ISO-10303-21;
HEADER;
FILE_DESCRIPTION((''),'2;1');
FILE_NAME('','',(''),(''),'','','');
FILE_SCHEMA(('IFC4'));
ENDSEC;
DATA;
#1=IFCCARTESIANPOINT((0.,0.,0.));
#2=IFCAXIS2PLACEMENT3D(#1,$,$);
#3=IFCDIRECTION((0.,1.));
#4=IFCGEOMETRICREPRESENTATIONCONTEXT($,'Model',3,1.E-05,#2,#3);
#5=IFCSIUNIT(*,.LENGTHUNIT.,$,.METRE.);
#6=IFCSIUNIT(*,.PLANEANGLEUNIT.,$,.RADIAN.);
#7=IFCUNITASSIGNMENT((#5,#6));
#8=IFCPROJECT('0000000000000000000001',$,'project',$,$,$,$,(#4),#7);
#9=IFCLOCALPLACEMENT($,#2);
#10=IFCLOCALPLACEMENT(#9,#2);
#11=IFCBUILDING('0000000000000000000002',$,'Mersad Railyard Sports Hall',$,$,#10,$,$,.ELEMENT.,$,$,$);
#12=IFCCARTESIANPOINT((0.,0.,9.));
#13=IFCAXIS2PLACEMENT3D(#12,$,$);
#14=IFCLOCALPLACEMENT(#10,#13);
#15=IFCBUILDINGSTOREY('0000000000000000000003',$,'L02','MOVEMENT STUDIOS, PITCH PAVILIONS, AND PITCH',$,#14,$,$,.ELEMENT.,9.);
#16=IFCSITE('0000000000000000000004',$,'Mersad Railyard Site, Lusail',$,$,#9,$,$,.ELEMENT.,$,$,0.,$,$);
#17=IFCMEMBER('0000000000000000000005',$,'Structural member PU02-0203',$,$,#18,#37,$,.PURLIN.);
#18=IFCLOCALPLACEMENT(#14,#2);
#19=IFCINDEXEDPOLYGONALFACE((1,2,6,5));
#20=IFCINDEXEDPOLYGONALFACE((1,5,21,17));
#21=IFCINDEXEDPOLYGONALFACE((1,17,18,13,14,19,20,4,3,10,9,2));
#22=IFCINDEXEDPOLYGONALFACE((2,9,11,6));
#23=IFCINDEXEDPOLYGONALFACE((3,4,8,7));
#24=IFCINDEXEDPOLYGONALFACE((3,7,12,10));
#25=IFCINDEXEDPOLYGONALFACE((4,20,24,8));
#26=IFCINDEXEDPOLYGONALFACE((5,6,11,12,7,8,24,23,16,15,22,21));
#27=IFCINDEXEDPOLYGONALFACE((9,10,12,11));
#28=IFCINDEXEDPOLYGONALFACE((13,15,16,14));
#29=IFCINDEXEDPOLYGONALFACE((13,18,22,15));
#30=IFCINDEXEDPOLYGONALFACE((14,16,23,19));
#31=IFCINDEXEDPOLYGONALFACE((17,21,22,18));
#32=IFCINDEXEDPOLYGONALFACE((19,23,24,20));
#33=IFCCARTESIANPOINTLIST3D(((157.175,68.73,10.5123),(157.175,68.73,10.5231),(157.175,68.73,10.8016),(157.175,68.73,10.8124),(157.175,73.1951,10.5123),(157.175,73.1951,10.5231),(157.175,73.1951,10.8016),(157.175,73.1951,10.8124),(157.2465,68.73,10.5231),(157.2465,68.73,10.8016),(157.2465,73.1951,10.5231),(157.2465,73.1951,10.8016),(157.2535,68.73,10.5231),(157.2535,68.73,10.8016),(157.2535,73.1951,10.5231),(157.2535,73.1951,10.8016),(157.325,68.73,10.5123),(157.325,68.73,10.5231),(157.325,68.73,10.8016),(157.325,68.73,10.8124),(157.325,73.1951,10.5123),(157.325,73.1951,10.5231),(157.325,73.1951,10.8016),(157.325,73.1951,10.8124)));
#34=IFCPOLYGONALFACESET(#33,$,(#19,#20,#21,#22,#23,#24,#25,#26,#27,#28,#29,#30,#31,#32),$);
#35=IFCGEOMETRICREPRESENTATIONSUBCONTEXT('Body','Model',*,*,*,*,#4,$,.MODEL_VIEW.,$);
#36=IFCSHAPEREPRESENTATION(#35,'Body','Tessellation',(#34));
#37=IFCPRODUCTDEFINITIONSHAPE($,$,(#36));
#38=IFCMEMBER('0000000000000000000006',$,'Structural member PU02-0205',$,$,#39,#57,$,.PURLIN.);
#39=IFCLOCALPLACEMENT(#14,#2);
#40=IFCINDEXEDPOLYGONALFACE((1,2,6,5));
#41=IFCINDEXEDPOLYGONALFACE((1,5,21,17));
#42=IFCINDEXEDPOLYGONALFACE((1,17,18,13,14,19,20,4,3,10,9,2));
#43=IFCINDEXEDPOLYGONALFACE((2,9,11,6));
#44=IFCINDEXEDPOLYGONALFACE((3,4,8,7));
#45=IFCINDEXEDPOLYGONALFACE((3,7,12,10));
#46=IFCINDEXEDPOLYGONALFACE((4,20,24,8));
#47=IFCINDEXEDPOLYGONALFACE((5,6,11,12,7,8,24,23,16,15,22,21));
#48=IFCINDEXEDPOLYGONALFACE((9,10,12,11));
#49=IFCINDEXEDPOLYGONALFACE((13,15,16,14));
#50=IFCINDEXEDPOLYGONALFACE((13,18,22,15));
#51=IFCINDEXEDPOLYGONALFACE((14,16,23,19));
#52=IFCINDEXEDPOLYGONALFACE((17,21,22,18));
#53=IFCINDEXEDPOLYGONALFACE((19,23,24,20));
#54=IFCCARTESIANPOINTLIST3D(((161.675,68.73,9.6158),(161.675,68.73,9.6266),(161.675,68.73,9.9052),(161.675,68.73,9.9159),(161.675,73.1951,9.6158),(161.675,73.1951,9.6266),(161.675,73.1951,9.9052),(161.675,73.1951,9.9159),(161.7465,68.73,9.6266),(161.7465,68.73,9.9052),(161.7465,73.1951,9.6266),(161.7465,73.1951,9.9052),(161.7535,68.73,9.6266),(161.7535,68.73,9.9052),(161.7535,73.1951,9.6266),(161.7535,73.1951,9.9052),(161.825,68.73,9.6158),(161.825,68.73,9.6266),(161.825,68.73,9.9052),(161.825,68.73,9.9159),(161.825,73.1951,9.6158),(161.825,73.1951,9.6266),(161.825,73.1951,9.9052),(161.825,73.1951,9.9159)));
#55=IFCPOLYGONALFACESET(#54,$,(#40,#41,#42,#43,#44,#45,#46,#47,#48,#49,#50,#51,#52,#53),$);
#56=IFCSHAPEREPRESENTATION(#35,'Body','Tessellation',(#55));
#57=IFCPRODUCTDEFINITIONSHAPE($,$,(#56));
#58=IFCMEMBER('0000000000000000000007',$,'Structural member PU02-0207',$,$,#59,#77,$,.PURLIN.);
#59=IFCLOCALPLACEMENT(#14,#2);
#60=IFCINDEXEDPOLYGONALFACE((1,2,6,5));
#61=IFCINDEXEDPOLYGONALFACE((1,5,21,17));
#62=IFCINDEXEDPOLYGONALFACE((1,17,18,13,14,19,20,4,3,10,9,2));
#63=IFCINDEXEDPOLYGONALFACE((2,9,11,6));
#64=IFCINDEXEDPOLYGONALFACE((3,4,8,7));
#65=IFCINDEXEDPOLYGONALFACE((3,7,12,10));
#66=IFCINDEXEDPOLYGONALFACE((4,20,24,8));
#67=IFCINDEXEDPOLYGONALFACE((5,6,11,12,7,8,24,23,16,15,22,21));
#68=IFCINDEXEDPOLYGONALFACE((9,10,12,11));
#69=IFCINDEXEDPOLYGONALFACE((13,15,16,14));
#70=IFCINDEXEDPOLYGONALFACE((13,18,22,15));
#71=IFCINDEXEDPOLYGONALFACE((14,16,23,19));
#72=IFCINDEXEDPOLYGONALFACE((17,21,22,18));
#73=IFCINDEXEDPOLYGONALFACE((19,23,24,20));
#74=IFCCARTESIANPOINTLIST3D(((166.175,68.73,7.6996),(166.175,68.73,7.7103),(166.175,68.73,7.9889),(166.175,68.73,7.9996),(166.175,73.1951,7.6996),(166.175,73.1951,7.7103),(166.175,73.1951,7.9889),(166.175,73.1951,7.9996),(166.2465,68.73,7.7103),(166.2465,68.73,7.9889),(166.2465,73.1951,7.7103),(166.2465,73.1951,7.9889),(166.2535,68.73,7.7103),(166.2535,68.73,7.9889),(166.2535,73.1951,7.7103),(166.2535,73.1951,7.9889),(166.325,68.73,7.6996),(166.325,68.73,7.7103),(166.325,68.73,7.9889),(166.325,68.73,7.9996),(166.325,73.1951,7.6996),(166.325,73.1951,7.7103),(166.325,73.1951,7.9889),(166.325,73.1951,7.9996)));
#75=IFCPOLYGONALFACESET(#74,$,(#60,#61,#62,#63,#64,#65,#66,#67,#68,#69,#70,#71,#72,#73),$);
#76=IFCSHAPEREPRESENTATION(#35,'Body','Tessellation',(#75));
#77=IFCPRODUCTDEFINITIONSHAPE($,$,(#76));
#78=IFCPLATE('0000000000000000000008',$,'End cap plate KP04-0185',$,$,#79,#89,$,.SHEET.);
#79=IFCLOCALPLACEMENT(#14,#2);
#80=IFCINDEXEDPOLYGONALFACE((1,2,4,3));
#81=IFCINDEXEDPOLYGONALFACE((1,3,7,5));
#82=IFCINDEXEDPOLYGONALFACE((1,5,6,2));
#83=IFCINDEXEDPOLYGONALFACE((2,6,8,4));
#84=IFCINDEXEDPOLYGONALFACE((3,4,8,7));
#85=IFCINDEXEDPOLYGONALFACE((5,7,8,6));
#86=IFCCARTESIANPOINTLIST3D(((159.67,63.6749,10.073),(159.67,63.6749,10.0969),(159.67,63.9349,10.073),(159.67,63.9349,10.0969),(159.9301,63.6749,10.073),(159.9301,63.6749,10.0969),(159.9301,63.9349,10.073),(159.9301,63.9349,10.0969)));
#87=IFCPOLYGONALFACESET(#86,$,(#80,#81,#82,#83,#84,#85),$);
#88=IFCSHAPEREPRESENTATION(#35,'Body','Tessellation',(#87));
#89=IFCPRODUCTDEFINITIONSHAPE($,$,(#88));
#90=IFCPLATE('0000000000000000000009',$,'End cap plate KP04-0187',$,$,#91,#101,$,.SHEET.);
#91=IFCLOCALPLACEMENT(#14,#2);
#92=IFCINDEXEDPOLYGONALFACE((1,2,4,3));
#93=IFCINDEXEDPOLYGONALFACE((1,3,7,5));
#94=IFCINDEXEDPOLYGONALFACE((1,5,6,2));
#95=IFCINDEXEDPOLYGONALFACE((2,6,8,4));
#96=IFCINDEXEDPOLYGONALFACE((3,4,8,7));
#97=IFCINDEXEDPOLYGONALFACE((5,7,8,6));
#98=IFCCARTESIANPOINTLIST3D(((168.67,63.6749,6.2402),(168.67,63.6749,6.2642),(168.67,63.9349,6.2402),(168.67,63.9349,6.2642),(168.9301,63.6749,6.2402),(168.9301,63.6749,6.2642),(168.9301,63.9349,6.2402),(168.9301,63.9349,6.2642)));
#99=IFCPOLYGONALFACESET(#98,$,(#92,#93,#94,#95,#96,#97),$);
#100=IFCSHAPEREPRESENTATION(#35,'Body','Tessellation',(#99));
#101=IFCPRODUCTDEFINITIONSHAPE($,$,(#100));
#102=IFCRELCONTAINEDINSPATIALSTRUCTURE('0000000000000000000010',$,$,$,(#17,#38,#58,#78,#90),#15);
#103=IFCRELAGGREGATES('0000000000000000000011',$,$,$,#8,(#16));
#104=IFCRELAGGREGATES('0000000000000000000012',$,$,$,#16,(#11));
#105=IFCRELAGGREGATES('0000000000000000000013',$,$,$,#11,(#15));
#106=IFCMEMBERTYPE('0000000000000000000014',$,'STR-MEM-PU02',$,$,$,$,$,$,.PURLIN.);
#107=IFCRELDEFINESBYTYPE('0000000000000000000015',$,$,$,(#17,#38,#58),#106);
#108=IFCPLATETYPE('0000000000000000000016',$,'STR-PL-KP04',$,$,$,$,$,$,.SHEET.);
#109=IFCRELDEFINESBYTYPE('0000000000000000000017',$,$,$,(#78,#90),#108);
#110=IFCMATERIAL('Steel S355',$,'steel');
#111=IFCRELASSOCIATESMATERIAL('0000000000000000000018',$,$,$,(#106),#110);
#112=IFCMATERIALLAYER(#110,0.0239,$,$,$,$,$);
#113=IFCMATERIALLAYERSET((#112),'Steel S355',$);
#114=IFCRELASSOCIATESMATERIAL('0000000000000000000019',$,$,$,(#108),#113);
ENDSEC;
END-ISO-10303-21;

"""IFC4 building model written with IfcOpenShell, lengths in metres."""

from ifc_helpers import new_model, si_unit, direction, frame, origin, origin_2d, place, context, subcontext, project, spatial, rectangle, i_section, extrude, material, layer, layer_set, material_profile, profile_set, type_object, element, save


model = new_model("IFC4")

# Units and contexts
model_context = context("Model", 3, precision=1e-05, world=origin(), true_north=direction((0.0, 1.0)))
body_context = subcontext(model_context, "Body", "Model", "MODEL_VIEW")
ifc_project = project(units=[si_unit("LENGTHUNIT", "METRE"), si_unit("PLANEANGLEUNIT", "RADIAN")], contexts=[model_context])

# Site, building, storey
site_placement = place(None, origin())
site = spatial("IfcSite", under=ifc_project, at=site_placement, Name="Mersad Railyard Site, Lusail", CompositionType="ELEMENT", RefElevation=0.0)
building_placement = place(site_placement, origin())
building = spatial("IfcBuilding", under=site, at=building_placement, Name="Mersad Railyard Sports Hall", CompositionType="ELEMENT")
storey_placement = place(building_placement, frame((0.0, 0.0, 9.0)))
storey = spatial("IfcBuildingStorey", under=building, at=storey_placement, Name="L02", Description="MOVEMENT STUDIOS, PITCH PAVILIONS, AND PITCH", CompositionType="ELEMENT", Elevation=9.0)

# Members
ifc_material_1 = material(Name="Steel S355", Category="steel")
ifc_material_profile_1 = material_profile(ifc_material_1, i_section(OverallWidth=0.1499, OverallDepth=0.3, WebThickness=0.0071, FlangeThickness=0.0107, at=origin_2d()), Name="IPE 300")
ifc_profile_set_1 = profile_set([ifc_material_profile_1], Name="Steel S355")
member_type_1 = type_object("IfcMemberType", Name="STR-MEM-PU02", PredefinedType="PURLIN", material=ifc_profile_set_1)
for number, where, z_axis, x_axis, name in (
    (1, (157.25, 68.73, 10.6624), (0.0, 1.0, 0.0), (-1.0, 0.0, 0.0), "Structural member PU02-0203"),
    (2, (161.75, 68.73, 9.7659), (0.0, 1.0, 0.0), (-1.0, 0.0, 0.0), "Structural member PU02-0205"),
    (3, (166.25, 68.73, 7.8496), (0.0, 1.0, 0.0), (-1.0, 0.0, 0.0), "Structural member PU02-0207"),
):
    element("IfcMember", number, at=place(storey_placement, frame(where, z_axis=z_axis, x_axis=x_axis)), inside=storey, type_object=member_type_1, Name=name, PredefinedType="PURLIN", context=body_context, shape_type="SweptSolid", body=[
        extrude(i_section(OverallWidth=0.1499, OverallDepth=0.3, WebThickness=0.0071, FlangeThickness=0.0107, at=origin_2d()), origin(), (0.0, 0.0, 1.0), 4.4651),
    ])

# Plates
ifc_layer = layer(ifc_material_1, 0.0239)
ifc_layer_set = layer_set([ifc_layer], Name="Steel S355")
plate_type = type_object("IfcPlateType", Name="STR-PL-KP04", PredefinedType="SHEET", material=ifc_layer_set)
for number, where, z_axis, x_axis, name in (
    (4, (159.8, 63.8049, 10.073), (0.0, 0.0, 1.0), (1.0, 0.0, 0.0), "End cap plate KP04-0185"),
    (5, (168.8, 63.8049, 6.2402), (0.0, 0.0, 1.0), (1.0, 0.0, 0.0), "End cap plate KP04-0187"),
):
    element("IfcPlate", number, at=place(storey_placement, frame(where, z_axis=z_axis, x_axis=x_axis)), inside=storey, type_object=plate_type, Name=name, PredefinedType="SHEET", context=body_context, shape_type="SweptSolid", body=[
        extrude(rectangle(XDim=0.26, YDim=0.26, at=origin_2d()), origin(), (0.0, 0.0, 1.0), 0.0239),
    ])

save(model, "model.ifc")
